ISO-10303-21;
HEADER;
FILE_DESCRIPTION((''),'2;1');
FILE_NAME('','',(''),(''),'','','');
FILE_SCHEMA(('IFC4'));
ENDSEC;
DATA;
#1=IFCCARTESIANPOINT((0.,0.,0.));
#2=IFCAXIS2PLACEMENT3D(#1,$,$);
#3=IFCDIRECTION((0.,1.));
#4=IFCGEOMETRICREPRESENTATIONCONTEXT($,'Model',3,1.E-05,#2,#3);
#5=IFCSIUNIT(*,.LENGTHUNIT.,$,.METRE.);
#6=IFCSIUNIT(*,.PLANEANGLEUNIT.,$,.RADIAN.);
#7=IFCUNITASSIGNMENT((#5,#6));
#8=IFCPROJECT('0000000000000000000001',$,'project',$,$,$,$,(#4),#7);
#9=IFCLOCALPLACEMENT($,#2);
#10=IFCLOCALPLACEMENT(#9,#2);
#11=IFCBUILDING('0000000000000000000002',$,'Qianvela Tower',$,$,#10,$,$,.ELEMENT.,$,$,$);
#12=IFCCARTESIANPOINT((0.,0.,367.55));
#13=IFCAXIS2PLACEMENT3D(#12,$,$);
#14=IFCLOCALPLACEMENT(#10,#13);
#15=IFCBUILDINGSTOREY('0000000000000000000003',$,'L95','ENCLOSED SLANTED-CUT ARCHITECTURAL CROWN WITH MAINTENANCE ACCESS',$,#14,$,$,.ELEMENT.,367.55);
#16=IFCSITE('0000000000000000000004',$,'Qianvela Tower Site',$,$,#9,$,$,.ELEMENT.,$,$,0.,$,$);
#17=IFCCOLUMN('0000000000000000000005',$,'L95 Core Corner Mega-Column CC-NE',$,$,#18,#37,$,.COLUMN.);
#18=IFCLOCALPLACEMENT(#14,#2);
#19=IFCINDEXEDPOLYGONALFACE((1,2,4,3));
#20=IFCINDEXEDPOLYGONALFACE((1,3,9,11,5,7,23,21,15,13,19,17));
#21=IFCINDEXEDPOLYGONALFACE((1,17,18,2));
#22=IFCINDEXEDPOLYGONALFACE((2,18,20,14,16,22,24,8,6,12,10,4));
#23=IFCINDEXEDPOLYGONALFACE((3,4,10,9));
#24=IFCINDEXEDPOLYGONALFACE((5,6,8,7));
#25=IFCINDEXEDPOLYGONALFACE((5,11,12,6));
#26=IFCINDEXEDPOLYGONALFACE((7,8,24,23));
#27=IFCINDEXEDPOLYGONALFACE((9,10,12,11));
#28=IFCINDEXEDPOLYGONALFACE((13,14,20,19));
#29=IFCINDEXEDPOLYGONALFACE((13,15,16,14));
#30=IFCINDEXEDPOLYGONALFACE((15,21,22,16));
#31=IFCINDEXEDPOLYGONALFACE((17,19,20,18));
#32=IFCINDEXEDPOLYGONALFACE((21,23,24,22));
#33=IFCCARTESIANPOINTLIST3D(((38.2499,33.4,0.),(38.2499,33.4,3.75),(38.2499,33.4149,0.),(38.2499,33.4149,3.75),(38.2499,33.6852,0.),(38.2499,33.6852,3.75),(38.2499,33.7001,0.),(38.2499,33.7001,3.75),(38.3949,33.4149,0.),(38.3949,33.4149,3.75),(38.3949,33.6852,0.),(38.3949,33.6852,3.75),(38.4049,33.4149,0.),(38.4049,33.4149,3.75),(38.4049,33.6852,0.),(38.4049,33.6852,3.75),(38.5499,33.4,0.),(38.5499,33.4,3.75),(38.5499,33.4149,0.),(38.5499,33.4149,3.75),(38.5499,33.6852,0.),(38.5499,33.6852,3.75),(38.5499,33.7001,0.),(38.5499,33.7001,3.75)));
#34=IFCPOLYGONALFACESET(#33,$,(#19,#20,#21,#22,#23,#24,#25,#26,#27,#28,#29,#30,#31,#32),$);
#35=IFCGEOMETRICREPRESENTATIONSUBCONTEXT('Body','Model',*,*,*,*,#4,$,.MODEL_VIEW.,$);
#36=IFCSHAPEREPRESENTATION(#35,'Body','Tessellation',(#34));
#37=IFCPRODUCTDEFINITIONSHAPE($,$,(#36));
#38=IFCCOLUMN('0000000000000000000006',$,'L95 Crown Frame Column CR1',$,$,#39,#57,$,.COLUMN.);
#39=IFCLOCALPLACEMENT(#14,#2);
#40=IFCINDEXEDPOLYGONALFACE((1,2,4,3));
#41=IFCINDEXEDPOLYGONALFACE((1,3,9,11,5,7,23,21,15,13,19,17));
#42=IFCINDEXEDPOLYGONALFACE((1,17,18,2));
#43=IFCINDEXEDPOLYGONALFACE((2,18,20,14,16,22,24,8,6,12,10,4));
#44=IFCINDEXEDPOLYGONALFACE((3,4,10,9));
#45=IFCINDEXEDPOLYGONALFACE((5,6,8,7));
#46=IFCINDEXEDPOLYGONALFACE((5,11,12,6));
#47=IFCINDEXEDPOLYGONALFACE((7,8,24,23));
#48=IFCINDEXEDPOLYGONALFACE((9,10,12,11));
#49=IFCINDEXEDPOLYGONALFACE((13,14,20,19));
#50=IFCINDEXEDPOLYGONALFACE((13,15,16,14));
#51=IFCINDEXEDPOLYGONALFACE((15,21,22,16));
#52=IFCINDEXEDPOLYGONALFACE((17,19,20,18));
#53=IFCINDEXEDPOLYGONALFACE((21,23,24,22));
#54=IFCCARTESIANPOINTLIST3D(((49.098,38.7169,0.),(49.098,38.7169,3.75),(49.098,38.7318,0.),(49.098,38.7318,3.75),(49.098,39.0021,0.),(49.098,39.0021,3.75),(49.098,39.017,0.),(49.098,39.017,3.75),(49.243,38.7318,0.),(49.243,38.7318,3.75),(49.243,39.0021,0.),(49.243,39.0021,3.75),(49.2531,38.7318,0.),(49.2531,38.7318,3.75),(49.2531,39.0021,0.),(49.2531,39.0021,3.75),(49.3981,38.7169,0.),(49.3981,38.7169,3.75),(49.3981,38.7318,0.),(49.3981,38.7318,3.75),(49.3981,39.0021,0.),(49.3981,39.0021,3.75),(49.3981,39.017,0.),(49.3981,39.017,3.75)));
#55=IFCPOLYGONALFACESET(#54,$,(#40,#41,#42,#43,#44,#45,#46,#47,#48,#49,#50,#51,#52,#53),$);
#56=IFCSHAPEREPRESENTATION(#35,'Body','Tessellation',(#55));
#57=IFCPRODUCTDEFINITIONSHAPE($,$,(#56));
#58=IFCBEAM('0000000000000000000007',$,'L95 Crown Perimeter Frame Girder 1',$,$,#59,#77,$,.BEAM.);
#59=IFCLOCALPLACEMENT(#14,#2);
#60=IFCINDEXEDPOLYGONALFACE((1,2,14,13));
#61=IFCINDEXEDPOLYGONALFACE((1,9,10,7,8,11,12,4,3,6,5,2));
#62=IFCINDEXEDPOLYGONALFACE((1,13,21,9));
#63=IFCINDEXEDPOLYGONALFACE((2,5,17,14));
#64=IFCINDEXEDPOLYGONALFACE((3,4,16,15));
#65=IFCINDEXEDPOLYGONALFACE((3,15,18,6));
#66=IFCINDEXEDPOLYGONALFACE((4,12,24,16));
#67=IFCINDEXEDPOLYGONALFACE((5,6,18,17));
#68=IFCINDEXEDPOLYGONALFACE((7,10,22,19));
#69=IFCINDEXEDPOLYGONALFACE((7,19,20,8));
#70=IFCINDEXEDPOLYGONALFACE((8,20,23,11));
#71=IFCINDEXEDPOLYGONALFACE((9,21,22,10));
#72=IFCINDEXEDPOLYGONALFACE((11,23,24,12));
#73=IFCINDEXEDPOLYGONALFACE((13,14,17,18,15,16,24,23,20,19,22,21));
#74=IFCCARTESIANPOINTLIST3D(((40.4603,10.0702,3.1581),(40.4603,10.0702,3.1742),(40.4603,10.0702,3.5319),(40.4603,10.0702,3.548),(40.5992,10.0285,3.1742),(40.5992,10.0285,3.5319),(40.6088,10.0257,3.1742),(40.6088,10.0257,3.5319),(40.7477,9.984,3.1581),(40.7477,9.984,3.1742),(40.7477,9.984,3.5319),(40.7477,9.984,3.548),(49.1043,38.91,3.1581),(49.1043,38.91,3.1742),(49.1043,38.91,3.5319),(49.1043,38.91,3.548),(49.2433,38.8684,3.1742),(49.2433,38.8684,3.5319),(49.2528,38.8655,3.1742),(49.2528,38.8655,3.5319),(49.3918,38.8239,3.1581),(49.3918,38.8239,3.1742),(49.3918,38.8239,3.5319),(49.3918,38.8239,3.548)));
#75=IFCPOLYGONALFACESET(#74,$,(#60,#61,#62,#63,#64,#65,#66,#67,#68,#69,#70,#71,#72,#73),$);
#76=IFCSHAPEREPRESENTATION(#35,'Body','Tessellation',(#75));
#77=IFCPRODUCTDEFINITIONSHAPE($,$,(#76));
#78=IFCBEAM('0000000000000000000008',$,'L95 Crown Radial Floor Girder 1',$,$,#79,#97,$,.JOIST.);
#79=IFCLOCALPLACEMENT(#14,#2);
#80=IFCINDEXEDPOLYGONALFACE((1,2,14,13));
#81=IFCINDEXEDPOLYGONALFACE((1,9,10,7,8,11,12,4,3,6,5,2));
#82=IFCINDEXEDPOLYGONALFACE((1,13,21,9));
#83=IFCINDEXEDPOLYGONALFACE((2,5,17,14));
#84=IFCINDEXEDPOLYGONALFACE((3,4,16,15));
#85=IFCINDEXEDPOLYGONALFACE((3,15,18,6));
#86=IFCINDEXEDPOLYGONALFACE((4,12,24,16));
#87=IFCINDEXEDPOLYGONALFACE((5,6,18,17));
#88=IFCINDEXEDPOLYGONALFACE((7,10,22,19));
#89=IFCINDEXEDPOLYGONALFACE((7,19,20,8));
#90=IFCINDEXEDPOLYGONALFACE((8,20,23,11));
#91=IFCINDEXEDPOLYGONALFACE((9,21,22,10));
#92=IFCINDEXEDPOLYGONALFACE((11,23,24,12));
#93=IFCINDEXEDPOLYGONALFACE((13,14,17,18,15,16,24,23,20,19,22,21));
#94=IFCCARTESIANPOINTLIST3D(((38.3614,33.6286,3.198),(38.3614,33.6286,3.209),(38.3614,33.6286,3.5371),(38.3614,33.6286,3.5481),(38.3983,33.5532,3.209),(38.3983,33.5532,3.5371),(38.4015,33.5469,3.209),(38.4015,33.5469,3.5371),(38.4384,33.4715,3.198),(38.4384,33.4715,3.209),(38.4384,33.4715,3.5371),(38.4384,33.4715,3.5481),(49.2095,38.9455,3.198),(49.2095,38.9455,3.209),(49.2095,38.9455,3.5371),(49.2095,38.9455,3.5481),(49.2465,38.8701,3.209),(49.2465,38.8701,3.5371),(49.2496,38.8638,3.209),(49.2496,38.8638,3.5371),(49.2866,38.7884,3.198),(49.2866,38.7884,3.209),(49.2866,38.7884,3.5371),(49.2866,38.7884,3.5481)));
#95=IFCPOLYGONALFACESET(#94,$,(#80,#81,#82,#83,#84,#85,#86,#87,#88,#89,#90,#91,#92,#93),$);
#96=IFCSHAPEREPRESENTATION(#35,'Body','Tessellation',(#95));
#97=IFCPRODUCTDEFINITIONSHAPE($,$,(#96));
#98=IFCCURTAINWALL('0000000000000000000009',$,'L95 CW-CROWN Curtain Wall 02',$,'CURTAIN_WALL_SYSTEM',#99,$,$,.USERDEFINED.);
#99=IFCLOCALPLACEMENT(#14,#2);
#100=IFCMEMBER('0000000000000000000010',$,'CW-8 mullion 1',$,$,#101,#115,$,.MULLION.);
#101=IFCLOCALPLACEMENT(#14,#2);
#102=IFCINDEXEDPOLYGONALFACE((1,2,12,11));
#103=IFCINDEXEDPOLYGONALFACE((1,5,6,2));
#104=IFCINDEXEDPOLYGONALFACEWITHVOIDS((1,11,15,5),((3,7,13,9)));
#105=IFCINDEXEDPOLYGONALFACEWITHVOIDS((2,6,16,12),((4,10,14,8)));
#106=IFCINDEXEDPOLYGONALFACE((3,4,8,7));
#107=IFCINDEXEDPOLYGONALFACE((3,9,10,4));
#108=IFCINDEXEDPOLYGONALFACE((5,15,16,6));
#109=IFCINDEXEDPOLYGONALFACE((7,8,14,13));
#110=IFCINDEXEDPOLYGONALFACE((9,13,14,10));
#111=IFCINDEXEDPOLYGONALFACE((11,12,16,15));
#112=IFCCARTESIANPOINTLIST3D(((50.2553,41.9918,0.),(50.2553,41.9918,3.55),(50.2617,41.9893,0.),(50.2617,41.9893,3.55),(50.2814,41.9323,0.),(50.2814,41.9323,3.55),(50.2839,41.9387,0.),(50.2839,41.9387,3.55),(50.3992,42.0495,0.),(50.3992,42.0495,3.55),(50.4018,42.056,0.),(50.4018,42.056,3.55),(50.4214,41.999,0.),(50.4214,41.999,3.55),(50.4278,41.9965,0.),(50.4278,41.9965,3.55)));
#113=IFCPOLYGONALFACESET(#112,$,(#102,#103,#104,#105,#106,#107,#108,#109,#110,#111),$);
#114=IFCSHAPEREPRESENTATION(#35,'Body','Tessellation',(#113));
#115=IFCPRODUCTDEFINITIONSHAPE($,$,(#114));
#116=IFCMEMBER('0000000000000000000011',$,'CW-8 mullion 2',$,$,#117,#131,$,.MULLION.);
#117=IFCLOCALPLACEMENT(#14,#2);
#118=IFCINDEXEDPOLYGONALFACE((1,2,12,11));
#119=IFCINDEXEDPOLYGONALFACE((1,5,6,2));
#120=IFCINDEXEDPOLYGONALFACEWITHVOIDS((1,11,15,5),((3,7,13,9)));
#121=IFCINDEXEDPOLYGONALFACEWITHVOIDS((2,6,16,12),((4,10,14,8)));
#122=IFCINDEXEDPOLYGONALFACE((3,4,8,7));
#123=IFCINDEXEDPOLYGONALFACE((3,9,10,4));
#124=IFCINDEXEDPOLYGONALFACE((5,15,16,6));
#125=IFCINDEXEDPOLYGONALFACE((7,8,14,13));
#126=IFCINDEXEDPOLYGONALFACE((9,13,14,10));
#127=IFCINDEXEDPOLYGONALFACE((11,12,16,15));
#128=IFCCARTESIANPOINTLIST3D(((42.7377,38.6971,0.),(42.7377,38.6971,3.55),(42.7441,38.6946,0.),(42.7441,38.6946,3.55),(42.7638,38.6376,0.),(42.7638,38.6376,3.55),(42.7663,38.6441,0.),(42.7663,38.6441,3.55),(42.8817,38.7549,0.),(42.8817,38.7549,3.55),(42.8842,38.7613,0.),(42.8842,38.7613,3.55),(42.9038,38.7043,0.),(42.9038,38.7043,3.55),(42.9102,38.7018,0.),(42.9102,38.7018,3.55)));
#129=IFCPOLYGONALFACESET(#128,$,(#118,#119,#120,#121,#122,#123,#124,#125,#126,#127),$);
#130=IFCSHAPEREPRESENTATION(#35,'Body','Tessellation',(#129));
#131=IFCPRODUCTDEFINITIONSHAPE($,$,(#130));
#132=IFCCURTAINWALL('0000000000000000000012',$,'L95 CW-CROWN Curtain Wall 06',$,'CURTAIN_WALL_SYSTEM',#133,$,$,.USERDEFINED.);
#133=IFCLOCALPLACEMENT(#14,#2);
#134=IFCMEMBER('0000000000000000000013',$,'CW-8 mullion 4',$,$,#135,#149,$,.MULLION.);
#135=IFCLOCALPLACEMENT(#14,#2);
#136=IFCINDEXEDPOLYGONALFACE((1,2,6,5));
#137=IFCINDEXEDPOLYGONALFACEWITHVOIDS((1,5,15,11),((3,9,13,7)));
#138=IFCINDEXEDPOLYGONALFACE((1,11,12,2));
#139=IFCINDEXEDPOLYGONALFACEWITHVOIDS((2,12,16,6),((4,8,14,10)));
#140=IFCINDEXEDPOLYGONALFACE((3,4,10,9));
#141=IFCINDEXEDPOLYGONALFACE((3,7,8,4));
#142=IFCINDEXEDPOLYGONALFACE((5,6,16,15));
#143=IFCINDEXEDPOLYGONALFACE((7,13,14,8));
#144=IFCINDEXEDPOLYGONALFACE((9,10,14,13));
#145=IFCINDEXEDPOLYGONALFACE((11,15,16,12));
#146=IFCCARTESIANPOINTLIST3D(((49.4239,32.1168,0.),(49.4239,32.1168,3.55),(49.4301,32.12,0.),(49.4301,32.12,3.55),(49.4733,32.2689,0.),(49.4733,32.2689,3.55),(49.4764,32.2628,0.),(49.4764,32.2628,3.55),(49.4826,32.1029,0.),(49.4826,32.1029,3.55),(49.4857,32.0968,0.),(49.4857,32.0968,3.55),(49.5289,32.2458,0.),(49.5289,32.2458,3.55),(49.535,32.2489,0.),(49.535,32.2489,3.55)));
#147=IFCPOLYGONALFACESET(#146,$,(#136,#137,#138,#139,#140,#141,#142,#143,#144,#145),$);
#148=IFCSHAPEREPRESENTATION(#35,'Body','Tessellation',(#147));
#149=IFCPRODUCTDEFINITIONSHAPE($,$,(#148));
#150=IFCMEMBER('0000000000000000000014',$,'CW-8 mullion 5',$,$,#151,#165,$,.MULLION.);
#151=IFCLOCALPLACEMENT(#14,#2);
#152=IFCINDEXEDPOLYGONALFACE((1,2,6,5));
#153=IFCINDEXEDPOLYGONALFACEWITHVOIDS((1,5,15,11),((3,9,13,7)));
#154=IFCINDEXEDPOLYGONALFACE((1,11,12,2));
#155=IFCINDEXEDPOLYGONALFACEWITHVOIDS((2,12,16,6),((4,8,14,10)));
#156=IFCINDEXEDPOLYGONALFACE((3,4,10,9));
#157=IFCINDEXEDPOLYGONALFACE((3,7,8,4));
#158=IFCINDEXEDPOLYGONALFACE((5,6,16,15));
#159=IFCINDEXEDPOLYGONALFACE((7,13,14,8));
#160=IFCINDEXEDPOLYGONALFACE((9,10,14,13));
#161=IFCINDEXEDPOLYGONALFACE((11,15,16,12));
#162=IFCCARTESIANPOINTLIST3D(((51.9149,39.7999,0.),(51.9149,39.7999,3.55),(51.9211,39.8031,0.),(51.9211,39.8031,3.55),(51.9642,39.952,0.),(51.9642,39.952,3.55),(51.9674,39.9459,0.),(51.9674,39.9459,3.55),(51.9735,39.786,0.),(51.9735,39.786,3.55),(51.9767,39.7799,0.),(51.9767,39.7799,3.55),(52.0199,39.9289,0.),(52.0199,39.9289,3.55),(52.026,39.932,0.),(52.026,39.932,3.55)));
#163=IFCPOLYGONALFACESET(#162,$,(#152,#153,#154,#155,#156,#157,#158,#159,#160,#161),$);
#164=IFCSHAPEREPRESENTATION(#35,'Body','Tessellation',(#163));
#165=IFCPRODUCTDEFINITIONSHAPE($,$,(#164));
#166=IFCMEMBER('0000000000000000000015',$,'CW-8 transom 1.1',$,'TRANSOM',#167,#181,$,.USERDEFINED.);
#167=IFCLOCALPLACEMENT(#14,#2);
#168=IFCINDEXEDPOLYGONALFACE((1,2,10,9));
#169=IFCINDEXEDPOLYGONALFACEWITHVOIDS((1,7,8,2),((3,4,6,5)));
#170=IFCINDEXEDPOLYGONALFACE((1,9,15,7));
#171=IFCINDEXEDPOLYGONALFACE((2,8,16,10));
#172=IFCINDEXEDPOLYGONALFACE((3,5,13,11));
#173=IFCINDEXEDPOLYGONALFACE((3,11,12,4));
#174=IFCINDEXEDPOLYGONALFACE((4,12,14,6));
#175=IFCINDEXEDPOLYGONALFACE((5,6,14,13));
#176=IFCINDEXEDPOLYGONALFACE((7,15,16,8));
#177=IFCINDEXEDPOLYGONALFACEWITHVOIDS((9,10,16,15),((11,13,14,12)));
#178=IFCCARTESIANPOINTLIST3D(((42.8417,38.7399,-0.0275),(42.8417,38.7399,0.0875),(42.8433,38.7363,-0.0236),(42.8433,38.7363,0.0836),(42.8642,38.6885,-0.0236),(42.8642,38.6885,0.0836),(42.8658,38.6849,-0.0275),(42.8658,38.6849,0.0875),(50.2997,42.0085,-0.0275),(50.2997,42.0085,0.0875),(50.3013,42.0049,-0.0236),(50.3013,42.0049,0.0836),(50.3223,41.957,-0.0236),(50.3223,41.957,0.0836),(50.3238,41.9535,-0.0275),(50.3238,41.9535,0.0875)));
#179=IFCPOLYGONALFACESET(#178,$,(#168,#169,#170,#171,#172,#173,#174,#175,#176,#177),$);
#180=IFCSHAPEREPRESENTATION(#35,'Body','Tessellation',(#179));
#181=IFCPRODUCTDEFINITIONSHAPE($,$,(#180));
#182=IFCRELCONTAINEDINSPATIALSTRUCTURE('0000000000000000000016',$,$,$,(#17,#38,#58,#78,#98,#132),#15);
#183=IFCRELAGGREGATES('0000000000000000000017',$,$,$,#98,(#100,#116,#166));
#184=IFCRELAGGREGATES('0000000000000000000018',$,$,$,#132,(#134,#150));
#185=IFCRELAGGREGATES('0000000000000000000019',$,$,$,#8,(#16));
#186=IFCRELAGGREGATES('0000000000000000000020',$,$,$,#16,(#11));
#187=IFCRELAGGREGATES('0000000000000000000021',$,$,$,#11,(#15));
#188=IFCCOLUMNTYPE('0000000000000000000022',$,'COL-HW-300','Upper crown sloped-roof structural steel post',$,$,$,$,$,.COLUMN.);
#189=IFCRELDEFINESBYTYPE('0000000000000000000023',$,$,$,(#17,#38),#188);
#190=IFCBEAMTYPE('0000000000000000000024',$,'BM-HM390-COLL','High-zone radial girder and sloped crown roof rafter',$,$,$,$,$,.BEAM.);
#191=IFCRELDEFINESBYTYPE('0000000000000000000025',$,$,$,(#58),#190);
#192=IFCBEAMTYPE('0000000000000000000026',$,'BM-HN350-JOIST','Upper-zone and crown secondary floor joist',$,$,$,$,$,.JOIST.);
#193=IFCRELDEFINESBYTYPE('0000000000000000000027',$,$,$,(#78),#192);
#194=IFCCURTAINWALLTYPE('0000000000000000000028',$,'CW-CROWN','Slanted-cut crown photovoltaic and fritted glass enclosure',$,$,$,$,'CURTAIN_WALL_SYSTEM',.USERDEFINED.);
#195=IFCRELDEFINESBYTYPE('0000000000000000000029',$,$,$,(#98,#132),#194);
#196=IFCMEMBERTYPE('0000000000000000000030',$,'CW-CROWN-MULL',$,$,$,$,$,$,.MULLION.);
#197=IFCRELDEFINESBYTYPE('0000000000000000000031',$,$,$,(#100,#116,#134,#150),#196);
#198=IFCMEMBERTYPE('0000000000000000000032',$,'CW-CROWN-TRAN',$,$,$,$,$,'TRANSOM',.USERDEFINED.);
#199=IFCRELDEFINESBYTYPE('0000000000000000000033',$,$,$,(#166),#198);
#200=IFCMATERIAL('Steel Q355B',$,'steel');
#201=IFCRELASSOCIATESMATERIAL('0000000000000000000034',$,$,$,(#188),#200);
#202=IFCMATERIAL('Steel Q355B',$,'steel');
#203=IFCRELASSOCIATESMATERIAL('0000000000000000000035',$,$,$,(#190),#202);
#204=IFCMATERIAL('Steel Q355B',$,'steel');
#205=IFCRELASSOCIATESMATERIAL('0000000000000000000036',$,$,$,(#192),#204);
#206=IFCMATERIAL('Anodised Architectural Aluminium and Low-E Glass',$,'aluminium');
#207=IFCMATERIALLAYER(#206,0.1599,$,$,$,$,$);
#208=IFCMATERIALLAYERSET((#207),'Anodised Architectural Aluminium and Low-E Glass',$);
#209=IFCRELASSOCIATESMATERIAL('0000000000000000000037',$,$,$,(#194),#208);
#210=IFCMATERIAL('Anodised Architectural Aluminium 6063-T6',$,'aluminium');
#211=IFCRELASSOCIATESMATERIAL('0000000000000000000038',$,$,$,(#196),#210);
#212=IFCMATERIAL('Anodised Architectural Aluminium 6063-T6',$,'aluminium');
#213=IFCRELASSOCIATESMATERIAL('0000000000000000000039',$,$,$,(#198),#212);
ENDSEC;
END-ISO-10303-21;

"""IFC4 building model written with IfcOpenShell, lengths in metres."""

from ifc_helpers import new_model, si_unit, direction, frame, origin, origin_2d, place, context, subcontext, project, spatial, hollow_rectangle, i_section, extrude, material, layer, layer_set, material_profile, profile_set, type_object, element, aggregate, save


model = new_model("IFC4")

# Units and contexts
model_context = context("Model", 3, precision=1e-05, world=origin(), true_north=direction((0.0, 1.0)))
body_context = subcontext(model_context, "Body", "Model", "MODEL_VIEW")
ifc_project = project(units=[si_unit("LENGTHUNIT", "METRE"), si_unit("PLANEANGLEUNIT", "RADIAN")], contexts=[model_context])

# Site, building, storey
site_placement = place(None, origin())
site = spatial("IfcSite", under=ifc_project, at=site_placement, Name="Qianvela Tower Site", CompositionType="ELEMENT", RefElevation=0.0)
building_placement = place(site_placement, origin())
building = spatial("IfcBuilding", under=site, at=building_placement, Name="Qianvela Tower", CompositionType="ELEMENT")
storey_placement = place(building_placement, frame((0.0, 0.0, 367.55)))
storey = spatial("IfcBuildingStorey", under=building, at=storey_placement, Name="L95", Description="ENCLOSED SLANTED-CUT ARCHITECTURAL CROWN WITH MAINTENANCE ACCESS", CompositionType="ELEMENT", Elevation=367.55)

# Columns
ifc_material_1 = material(Name="Steel Q355B", Category="steel")
ifc_material_profile_1 = material_profile(ifc_material_1, i_section(OverallWidth=0.3, OverallDepth=0.3, WebThickness=0.01, FlangeThickness=0.0149, at=origin_2d()), Name="HW300x300x10x15")
ifc_profile_set_1 = profile_set([ifc_material_profile_1], Name="Steel Q355B")
column_type = type_object("IfcColumnType", Name="COL-HW-300", Description="Upper crown sloped-roof structural steel post", PredefinedType="COLUMN", material=ifc_profile_set_1)
for number, where, z_axis, x_axis, name in (
    (1, (38.3999, 33.55, 0.0), (0.0, 0.0, 1.0), (1.0, 0.0, 0.0), "L95 Core Corner Mega-Column CC-NE"),
    (2, (49.248, 38.8669, 0.0), (0.0, 0.0, 1.0), (1.0, 0.0, 0.0), "L95 Crown Frame Column CR1"),
):
    element("IfcColumn", number, at=place(storey_placement, frame(where, z_axis=z_axis, x_axis=x_axis)), inside=storey, type_object=column_type, Name=name, PredefinedType="COLUMN", context=body_context, shape_type="SweptSolid", body=[
        extrude(i_section(OverallWidth=0.3, OverallDepth=0.3, WebThickness=0.01, FlangeThickness=0.0149, at=origin_2d()), origin(), (0.0, 0.0, 1.0), 3.75),
    ])

# Beams
ifc_material_2 = material(Name="Steel Q355B", Category="steel")
ifc_material_profile_2 = material_profile(ifc_material_2, i_section(OverallWidth=0.3, OverallDepth=0.3899, WebThickness=0.01, FlangeThickness=0.0161, at=origin_2d()), Name="HM390x300x10x16")
ifc_profile_set_2 = profile_set([ifc_material_profile_2], Name="Steel Q355B")
beam_type_1 = type_object("IfcBeamType", Name="BM-HM390-COLL", Description="High-zone radial girder and sloped crown roof rafter", PredefinedType="BEAM", material=ifc_profile_set_2)
beam_1_placement = place(storey_placement, frame((49.248, 38.8669, 3.353), z_axis=(-0.287107, -0.957899, 0.0), x_axis=(0.957899, -0.287107, 0.0)))
element("IfcBeam", 3, at=beam_1_placement, inside=storey, type_object=beam_type_1, Name="L95 Crown Perimeter Frame Girder 1", PredefinedType="BEAM", context=body_context, shape_type="SweptSolid", body=[
    extrude(i_section(OverallWidth=0.3, OverallDepth=0.3899, WebThickness=0.01, FlangeThickness=0.0161, at=origin_2d()), origin(), (0.0, 0.0, 1.0), 30.1074),
])
ifc_material_3 = material(Name="Steel Q355B", Category="steel")
ifc_material_profile_3 = material_profile(ifc_material_3, i_section(OverallWidth=0.175, OverallDepth=0.3501, WebThickness=0.0071, FlangeThickness=0.011, at=origin_2d()), Name="HN350x175x7x11")
ifc_profile_set_3 = profile_set([ifc_material_profile_3], Name="Steel Q355B")
beam_type_2 = type_object("IfcBeamType", Name="BM-HN350-JOIST", Description="Upper-zone and crown secondary floor joist", PredefinedType="JOIST", material=ifc_profile_set_3)
beam_2_placement = place(storey_placement, frame((38.3999, 33.55, 3.373), z_axis=(0.897948, 0.440102, 0.0), x_axis=(-0.440102, 0.897948, 0.0)))
element("IfcBeam", 4, at=beam_2_placement, inside=storey, type_object=beam_type_2, Name="L95 Crown Radial Floor Girder 1", PredefinedType="JOIST", context=body_context, shape_type="SweptSolid", body=[
    extrude(i_section(OverallWidth=0.175, OverallDepth=0.3501, WebThickness=0.0071, FlangeThickness=0.011, at=origin_2d()), origin(), (0.0, 0.0, 1.0), 12.0811),
])

# Curtain walls, members
ifc_material_4 = material(Name="Anodised Architectural Aluminium and Low-E Glass", Category="aluminium")
ifc_layer_1 = layer(ifc_material_4, 0.1599)
ifc_layer_set_1 = layer_set([ifc_layer_1], Name="Anodised Architectural Aluminium and Low-E Glass")
curtain_wall_type = type_object("IfcCurtainWallType", Name="CW-CROWN", Description="Slanted-cut crown photovoltaic and fritted glass enclosure", ElementType="CURTAIN_WALL_SYSTEM", PredefinedType="USERDEFINED", material=ifc_layer_set_1)
curtain_wall_1_placement = place(storey_placement, origin())
curtain_wall_1 = element("IfcCurtainWall", 5, at=curtain_wall_1_placement, inside=storey, type_object=curtain_wall_type, Name="L95 CW-CROWN Curtain Wall 02", ObjectType="CURTAIN_WALL_SYSTEM", PredefinedType="USERDEFINED")
ifc_material_5 = material(Name="Anodised Architectural Aluminium 6063-T6", Category="aluminium")
ifc_material_profile_4 = material_profile(ifc_material_5, hollow_rectangle(XDim=0.0649, YDim=0.1599, WallThickness=0.0049, at=origin_2d()), Name="ALU-MULL-65x160")
ifc_profile_set_4 = profile_set([ifc_material_profile_4], Name="Anodised Architectural Aluminium 6063-T6")
member_type_1 = type_object("IfcMemberType", Name="CW-CROWN-MULL", PredefinedType="MULLION", material=ifc_profile_set_4)
member_1_placement = place(storey_placement, frame((50.3416, 41.9941, 0.0), z_axis=(0.0, 0.0, 1.0), x_axis=(0.40139, -0.915907, 0.0)))
member_1 = element("IfcMember", 6, at=member_1_placement, type_object=member_type_1, Name="CW-8 mullion 1", PredefinedType="MULLION", context=body_context, shape_type="SweptSolid", body=[
    extrude(hollow_rectangle(XDim=0.0649, YDim=0.1599, WallThickness=0.0049, at=origin_2d()), origin(), (0.0, 0.0, 1.0), 3.55),
])
member_2_placement = place(storey_placement, frame((42.824, 38.6995, 0.0), z_axis=(0.0, 0.0, 1.0), x_axis=(0.40139, -0.915907, 0.0)))
member_2 = element("IfcMember", 7, at=member_2_placement, type_object=member_type_1, Name="CW-8 mullion 2", PredefinedType="MULLION", context=body_context, shape_type="SweptSolid", body=[
    extrude(hollow_rectangle(XDim=0.0649, YDim=0.1599, WallThickness=0.0049, at=origin_2d()), origin(), (0.0, 0.0, 1.0), 3.55),
])
curtain_wall_2_placement = place(storey_placement, origin())
curtain_wall_2 = element("IfcCurtainWall", 8, at=curtain_wall_2_placement, inside=storey, type_object=curtain_wall_type, Name="L95 CW-CROWN Curtain Wall 06", ObjectType="CURTAIN_WALL_SYSTEM", PredefinedType="USERDEFINED")
member_3_placement = place(storey_placement, frame((49.4795, 32.1829, 0.0), z_axis=(0.0, 0.0, 1.0), x_axis=(-0.951256, 0.308404, 0.0)))
member_3 = element("IfcMember", 9, at=member_3_placement, type_object=member_type_1, Name="CW-8 mullion 4", PredefinedType="MULLION", context=body_context, shape_type="SweptSolid", body=[
    extrude(hollow_rectangle(XDim=0.0649, YDim=0.1599, WallThickness=0.0049, at=origin_2d()), origin(), (0.0, 0.0, 1.0), 3.55),
])
member_4_placement = place(storey_placement, frame((51.9705, 39.866, 0.0), z_axis=(0.0, 0.0, 1.0), x_axis=(-0.951256, 0.308404, 0.0)))
member_4 = element("IfcMember", 10, at=member_4_placement, type_object=member_type_1, Name="CW-8 mullion 5", PredefinedType="MULLION", context=body_context, shape_type="SweptSolid", body=[
    extrude(hollow_rectangle(XDim=0.0649, YDim=0.1599, WallThickness=0.0049, at=origin_2d()), origin(), (0.0, 0.0, 1.0), 3.55),
])

# Member
ifc_material_6 = material(Name="Anodised Architectural Aluminium 6063-T6", Category="aluminium")
ifc_material_profile_5 = material_profile(ifc_material_6, hollow_rectangle(XDim=0.0601, YDim=0.115, WallThickness=0.0039, at=origin_2d()), Name="ALU-TRAN-60x115")
ifc_profile_set_5 = profile_set([ifc_material_profile_5], Name="Anodised Architectural Aluminium 6063-T6")
member_type_2 = type_object("IfcMemberType", Name="CW-CROWN-TRAN", ElementType="TRANSOM", PredefinedType="USERDEFINED", material=ifc_profile_set_5)
member_5_placement = place(storey_placement, frame((50.3118, 41.981, 0.03), z_axis=(-0.915901, -0.401404, 0.0), x_axis=(0.401404, -0.915901, 0.0)))
member_5 = element("IfcMember", 11, at=member_5_placement, type_object=member_type_2, Name="CW-8 transom 1.1", ObjectType="TRANSOM", PredefinedType="USERDEFINED", context=body_context, shape_type="SweptSolid", body=[
    extrude(hollow_rectangle(XDim=0.0601, YDim=0.115, WallThickness=0.0039, at=origin_2d()), origin(), (0.0, 0.0, 1.0), 8.1428),
])

aggregate(curtain_wall_1, [member_1, member_2, member_5])
aggregate(curtain_wall_2, [member_3, member_4])

save(model, "model.ifc")
